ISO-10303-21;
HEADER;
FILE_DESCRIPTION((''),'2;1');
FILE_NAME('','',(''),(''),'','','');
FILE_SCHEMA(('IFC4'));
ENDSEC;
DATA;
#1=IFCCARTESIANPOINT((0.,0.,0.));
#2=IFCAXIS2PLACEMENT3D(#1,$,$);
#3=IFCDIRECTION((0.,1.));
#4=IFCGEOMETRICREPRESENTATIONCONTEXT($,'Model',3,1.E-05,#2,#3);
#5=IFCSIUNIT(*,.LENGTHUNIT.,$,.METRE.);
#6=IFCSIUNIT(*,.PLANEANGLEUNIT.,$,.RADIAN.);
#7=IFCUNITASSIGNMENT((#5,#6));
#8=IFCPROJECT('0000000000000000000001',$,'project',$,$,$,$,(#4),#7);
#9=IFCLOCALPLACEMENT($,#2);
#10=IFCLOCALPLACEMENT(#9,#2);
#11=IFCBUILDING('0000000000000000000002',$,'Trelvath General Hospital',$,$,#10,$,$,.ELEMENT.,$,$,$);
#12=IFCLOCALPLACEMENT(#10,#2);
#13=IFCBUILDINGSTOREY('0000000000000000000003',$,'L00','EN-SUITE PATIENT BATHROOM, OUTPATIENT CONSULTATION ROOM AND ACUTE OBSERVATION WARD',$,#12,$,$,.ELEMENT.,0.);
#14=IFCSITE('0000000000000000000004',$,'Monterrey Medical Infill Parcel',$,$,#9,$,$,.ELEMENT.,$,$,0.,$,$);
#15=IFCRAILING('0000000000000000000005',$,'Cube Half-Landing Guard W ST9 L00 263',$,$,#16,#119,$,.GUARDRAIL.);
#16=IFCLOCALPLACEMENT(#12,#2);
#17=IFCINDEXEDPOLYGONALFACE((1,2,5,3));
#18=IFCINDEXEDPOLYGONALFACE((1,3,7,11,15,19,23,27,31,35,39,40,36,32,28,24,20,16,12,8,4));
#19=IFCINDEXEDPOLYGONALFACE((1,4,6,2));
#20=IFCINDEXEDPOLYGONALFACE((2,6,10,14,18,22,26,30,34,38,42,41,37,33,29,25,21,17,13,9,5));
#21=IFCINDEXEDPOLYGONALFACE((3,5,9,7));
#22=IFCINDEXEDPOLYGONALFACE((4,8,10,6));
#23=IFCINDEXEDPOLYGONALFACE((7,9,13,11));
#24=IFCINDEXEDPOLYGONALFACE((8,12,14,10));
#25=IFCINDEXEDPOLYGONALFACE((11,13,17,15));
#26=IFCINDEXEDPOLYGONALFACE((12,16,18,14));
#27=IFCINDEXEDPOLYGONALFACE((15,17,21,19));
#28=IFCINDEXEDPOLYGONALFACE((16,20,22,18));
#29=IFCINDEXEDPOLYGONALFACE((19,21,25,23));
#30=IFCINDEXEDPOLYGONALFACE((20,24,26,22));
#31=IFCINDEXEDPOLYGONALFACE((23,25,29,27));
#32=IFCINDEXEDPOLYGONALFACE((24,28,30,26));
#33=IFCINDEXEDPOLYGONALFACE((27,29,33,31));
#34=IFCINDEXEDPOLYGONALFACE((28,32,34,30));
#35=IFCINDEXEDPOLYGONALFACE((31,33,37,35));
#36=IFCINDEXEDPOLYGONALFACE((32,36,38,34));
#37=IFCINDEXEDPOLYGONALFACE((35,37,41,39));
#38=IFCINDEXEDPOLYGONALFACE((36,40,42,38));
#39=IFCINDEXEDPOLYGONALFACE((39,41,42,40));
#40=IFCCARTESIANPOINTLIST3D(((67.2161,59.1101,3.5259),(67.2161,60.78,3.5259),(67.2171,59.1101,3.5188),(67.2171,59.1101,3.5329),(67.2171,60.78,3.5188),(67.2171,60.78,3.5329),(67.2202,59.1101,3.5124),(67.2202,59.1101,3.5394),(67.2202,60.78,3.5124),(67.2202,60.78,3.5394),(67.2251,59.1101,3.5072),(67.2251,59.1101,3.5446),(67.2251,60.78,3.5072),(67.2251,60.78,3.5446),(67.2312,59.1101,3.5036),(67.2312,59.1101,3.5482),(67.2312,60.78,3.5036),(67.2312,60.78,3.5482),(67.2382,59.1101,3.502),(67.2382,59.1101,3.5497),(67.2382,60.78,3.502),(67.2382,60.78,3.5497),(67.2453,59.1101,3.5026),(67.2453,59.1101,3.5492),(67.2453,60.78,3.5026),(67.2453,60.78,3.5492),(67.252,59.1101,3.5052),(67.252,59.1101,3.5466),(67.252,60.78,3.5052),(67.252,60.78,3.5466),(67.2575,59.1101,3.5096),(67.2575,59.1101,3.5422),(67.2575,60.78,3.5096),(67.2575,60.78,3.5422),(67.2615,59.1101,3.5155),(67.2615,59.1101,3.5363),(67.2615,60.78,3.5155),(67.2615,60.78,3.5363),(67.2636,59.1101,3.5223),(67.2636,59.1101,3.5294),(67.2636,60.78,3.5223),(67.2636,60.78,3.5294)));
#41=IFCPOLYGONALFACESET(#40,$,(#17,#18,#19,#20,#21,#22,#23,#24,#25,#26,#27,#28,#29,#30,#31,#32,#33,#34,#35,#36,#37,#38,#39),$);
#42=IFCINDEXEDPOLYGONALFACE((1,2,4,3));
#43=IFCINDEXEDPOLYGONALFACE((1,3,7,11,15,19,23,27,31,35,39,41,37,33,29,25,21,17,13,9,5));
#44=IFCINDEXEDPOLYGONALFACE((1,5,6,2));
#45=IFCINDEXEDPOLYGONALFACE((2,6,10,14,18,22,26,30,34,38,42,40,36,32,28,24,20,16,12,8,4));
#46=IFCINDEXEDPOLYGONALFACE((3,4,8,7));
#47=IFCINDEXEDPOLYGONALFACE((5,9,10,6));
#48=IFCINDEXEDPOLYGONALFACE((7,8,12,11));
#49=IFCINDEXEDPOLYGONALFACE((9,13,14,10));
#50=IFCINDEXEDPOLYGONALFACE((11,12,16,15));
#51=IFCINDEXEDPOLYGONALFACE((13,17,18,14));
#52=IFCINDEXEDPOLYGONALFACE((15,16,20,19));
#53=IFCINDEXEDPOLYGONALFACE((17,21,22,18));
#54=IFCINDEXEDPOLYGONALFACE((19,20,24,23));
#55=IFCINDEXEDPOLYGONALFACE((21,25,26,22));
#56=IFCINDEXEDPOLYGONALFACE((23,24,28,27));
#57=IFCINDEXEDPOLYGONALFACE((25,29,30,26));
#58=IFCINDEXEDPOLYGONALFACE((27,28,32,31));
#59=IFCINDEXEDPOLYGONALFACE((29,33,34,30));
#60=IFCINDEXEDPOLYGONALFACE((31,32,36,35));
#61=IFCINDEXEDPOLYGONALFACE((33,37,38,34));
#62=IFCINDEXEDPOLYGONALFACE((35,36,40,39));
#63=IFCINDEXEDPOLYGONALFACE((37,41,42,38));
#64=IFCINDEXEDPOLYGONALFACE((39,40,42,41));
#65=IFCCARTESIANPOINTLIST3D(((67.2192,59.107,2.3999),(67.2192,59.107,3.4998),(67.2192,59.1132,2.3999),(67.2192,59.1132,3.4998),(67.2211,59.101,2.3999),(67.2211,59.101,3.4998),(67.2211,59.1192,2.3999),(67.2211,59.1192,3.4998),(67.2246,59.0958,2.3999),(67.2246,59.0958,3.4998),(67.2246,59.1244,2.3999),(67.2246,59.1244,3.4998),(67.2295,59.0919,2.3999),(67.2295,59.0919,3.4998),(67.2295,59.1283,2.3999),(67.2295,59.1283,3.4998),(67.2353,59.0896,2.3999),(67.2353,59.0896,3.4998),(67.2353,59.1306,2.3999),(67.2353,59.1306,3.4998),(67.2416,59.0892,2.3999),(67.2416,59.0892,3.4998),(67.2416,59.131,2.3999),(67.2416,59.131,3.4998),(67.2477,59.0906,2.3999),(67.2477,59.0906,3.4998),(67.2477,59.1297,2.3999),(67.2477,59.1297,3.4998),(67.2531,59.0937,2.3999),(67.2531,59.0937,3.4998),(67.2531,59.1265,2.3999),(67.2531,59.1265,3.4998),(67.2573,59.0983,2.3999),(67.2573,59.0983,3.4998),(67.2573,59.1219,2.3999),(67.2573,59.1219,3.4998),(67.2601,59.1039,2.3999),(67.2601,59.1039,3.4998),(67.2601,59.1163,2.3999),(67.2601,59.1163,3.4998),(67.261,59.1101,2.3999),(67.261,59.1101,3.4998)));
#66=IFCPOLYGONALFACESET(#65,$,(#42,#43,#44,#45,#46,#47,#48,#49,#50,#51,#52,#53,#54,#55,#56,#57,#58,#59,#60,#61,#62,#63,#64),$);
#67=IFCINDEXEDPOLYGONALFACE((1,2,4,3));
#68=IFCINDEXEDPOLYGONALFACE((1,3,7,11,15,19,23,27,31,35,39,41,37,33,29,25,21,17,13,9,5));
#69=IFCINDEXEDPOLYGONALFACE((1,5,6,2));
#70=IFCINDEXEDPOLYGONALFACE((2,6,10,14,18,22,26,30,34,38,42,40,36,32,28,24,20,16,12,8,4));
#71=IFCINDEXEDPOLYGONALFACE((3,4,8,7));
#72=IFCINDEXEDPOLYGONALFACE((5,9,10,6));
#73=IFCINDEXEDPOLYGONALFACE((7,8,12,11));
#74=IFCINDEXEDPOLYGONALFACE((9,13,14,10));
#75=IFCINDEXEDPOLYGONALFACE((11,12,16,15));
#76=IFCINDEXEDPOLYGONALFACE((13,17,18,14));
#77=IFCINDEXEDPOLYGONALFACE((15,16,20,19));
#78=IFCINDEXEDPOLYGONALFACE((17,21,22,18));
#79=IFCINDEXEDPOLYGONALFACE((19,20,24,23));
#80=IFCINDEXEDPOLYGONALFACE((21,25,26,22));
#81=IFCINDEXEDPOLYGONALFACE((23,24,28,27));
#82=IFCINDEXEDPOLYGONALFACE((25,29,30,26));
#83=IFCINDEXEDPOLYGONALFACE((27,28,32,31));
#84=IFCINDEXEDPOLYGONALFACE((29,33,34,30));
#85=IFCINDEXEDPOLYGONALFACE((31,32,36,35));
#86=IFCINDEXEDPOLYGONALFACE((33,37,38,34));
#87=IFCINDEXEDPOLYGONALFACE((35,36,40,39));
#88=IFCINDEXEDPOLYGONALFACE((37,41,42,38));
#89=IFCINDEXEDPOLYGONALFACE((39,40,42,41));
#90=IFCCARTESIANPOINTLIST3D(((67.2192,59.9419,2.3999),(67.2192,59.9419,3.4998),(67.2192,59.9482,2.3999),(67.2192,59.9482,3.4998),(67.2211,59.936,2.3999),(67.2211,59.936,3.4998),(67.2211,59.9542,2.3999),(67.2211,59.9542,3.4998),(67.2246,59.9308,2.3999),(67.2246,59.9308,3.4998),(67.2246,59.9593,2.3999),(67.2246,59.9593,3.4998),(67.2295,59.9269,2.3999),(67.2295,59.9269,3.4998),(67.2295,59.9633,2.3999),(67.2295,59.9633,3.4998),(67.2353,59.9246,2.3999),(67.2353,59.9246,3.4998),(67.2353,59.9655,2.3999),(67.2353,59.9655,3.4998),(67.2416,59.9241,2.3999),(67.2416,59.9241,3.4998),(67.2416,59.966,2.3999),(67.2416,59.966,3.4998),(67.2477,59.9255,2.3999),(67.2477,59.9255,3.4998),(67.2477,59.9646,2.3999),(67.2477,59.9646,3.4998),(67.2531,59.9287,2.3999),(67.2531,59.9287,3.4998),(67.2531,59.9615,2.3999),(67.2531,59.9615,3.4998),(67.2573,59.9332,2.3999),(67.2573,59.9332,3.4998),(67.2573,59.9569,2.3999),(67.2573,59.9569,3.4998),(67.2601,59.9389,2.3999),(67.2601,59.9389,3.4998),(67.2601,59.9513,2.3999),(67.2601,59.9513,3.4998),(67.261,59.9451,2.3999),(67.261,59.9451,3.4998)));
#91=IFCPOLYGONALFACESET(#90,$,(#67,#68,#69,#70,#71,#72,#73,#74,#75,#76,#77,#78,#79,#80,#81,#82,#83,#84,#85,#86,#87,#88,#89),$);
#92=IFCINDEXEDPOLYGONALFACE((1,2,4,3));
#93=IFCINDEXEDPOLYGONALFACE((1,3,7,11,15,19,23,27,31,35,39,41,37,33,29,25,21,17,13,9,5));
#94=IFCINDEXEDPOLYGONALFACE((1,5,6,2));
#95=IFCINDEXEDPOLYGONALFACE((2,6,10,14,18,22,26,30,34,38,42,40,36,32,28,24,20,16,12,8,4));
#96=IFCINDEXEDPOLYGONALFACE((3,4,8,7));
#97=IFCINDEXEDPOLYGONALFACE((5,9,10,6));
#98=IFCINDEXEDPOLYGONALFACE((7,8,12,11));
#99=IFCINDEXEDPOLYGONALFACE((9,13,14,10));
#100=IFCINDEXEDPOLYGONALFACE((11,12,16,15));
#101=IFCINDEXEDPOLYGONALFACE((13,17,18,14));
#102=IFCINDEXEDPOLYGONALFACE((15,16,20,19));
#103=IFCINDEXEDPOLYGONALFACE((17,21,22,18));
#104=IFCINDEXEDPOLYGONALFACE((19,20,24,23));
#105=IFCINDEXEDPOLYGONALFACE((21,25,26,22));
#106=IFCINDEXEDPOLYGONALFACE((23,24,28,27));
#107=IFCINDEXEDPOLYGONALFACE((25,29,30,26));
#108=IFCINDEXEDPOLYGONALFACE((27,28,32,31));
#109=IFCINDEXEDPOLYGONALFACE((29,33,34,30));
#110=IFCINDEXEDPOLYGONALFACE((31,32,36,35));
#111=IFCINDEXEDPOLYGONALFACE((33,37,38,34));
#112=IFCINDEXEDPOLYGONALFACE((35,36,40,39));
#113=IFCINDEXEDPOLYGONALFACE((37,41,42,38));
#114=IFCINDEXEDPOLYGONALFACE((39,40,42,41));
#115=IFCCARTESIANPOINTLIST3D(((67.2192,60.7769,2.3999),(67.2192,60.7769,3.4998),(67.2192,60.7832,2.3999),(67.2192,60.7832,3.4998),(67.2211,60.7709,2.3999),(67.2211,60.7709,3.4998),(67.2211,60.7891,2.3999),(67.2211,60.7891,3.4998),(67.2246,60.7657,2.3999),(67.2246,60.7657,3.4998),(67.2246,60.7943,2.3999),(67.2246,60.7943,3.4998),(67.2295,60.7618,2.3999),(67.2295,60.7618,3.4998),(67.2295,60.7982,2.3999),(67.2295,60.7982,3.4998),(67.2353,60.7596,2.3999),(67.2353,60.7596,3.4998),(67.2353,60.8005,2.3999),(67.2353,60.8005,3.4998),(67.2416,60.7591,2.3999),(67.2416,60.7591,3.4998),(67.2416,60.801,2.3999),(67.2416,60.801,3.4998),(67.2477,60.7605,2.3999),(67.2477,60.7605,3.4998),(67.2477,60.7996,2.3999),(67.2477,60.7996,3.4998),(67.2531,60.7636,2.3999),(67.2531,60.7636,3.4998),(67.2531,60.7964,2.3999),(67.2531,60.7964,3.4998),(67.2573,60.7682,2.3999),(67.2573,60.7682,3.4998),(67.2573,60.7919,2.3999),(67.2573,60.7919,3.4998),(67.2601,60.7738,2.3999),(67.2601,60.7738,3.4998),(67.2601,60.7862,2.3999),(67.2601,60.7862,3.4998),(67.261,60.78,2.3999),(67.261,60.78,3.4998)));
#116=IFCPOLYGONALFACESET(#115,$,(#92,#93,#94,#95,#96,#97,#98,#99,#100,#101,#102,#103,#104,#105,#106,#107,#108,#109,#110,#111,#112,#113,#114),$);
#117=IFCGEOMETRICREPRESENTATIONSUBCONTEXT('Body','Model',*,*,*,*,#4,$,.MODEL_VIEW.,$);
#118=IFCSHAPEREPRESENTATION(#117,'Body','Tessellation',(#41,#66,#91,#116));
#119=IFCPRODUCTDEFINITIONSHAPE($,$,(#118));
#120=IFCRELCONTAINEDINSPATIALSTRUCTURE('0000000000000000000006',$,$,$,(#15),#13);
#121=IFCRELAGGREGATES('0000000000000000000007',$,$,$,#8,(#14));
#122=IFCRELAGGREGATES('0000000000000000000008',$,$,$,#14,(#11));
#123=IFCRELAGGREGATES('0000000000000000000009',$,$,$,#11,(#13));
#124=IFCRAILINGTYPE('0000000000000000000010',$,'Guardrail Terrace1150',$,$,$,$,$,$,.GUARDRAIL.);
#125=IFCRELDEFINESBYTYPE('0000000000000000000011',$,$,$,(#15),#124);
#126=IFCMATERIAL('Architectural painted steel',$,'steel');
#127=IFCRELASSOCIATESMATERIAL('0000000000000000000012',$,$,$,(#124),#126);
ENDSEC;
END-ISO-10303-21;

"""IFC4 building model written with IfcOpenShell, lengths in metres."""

from ifc_helpers import new_model, si_unit, direction, frame, origin, origin_2d, place, context, subcontext, project, spatial, circle, extrude, material, type_object, element, save


model = new_model("IFC4")

# Units and contexts
model_context = context("Model", 3, precision=1e-05, world=origin(), true_north=direction((0.0, 1.0)))
body_context = subcontext(model_context, "Body", "Model", "MODEL_VIEW")
ifc_project = project(units=[si_unit("LENGTHUNIT", "METRE"), si_unit("PLANEANGLEUNIT", "RADIAN")], contexts=[model_context])

# Site, building, storey
site_placement = place(None, origin())
site = spatial("IfcSite", under=ifc_project, at=site_placement, Name="Monterrey Medical Infill Parcel", CompositionType="ELEMENT", RefElevation=0.0)
building_placement = place(site_placement, origin())
building = spatial("IfcBuilding", under=site, at=building_placement, Name="Trelvath General Hospital", CompositionType="ELEMENT")
storey_placement = place(building_placement, origin())
storey = spatial("IfcBuildingStorey", under=building, at=storey_placement, Name="L00", Description="EN-SUITE PATIENT BATHROOM, OUTPATIENT CONSULTATION ROOM AND ACUTE OBSERVATION WARD", CompositionType="ELEMENT", Elevation=0.0)

# Railing
ifc_material_1 = material(Name="Architectural painted steel", Category="steel")
railing_type = type_object("IfcRailingType", Name="Guardrail Terrace1150", PredefinedType="GUARDRAIL", material=ifc_material_1)
railing_1_placement = place(storey_placement, frame((67.24, 59.1101, 2.3999)))
element("IfcRailing", 1, at=railing_1_placement, inside=storey, type_object=railing_type, Name="Cube Half-Landing Guard W ST9 L00 263", PredefinedType="GUARDRAIL", context=body_context, shape_type="SweptSolid", body=[
    extrude(circle(Radius=0.0239, at=origin_2d()), frame((0.0, 0.0, 1.126), z_axis=(0.0, 1.0, 0.0), x_axis=(-1.0, 0.0, 0.0)), (0.0, 0.0, 1.0), 1.6699),
    extrude(circle(Radius=0.021, at=origin_2d()), origin(), (0.0, 0.0, 1.0), 1.0999),
    extrude(circle(Radius=0.021, at=origin_2d()), frame((0.0, 0.835, 0.0)), (0.0, 0.0, 1.0), 1.0999),
    extrude(circle(Radius=0.021, at=origin_2d()), frame((0.0, 1.6699, 0.0)), (0.0, 0.0, 1.0), 1.0999),
])

save(model, "model.ifc")
